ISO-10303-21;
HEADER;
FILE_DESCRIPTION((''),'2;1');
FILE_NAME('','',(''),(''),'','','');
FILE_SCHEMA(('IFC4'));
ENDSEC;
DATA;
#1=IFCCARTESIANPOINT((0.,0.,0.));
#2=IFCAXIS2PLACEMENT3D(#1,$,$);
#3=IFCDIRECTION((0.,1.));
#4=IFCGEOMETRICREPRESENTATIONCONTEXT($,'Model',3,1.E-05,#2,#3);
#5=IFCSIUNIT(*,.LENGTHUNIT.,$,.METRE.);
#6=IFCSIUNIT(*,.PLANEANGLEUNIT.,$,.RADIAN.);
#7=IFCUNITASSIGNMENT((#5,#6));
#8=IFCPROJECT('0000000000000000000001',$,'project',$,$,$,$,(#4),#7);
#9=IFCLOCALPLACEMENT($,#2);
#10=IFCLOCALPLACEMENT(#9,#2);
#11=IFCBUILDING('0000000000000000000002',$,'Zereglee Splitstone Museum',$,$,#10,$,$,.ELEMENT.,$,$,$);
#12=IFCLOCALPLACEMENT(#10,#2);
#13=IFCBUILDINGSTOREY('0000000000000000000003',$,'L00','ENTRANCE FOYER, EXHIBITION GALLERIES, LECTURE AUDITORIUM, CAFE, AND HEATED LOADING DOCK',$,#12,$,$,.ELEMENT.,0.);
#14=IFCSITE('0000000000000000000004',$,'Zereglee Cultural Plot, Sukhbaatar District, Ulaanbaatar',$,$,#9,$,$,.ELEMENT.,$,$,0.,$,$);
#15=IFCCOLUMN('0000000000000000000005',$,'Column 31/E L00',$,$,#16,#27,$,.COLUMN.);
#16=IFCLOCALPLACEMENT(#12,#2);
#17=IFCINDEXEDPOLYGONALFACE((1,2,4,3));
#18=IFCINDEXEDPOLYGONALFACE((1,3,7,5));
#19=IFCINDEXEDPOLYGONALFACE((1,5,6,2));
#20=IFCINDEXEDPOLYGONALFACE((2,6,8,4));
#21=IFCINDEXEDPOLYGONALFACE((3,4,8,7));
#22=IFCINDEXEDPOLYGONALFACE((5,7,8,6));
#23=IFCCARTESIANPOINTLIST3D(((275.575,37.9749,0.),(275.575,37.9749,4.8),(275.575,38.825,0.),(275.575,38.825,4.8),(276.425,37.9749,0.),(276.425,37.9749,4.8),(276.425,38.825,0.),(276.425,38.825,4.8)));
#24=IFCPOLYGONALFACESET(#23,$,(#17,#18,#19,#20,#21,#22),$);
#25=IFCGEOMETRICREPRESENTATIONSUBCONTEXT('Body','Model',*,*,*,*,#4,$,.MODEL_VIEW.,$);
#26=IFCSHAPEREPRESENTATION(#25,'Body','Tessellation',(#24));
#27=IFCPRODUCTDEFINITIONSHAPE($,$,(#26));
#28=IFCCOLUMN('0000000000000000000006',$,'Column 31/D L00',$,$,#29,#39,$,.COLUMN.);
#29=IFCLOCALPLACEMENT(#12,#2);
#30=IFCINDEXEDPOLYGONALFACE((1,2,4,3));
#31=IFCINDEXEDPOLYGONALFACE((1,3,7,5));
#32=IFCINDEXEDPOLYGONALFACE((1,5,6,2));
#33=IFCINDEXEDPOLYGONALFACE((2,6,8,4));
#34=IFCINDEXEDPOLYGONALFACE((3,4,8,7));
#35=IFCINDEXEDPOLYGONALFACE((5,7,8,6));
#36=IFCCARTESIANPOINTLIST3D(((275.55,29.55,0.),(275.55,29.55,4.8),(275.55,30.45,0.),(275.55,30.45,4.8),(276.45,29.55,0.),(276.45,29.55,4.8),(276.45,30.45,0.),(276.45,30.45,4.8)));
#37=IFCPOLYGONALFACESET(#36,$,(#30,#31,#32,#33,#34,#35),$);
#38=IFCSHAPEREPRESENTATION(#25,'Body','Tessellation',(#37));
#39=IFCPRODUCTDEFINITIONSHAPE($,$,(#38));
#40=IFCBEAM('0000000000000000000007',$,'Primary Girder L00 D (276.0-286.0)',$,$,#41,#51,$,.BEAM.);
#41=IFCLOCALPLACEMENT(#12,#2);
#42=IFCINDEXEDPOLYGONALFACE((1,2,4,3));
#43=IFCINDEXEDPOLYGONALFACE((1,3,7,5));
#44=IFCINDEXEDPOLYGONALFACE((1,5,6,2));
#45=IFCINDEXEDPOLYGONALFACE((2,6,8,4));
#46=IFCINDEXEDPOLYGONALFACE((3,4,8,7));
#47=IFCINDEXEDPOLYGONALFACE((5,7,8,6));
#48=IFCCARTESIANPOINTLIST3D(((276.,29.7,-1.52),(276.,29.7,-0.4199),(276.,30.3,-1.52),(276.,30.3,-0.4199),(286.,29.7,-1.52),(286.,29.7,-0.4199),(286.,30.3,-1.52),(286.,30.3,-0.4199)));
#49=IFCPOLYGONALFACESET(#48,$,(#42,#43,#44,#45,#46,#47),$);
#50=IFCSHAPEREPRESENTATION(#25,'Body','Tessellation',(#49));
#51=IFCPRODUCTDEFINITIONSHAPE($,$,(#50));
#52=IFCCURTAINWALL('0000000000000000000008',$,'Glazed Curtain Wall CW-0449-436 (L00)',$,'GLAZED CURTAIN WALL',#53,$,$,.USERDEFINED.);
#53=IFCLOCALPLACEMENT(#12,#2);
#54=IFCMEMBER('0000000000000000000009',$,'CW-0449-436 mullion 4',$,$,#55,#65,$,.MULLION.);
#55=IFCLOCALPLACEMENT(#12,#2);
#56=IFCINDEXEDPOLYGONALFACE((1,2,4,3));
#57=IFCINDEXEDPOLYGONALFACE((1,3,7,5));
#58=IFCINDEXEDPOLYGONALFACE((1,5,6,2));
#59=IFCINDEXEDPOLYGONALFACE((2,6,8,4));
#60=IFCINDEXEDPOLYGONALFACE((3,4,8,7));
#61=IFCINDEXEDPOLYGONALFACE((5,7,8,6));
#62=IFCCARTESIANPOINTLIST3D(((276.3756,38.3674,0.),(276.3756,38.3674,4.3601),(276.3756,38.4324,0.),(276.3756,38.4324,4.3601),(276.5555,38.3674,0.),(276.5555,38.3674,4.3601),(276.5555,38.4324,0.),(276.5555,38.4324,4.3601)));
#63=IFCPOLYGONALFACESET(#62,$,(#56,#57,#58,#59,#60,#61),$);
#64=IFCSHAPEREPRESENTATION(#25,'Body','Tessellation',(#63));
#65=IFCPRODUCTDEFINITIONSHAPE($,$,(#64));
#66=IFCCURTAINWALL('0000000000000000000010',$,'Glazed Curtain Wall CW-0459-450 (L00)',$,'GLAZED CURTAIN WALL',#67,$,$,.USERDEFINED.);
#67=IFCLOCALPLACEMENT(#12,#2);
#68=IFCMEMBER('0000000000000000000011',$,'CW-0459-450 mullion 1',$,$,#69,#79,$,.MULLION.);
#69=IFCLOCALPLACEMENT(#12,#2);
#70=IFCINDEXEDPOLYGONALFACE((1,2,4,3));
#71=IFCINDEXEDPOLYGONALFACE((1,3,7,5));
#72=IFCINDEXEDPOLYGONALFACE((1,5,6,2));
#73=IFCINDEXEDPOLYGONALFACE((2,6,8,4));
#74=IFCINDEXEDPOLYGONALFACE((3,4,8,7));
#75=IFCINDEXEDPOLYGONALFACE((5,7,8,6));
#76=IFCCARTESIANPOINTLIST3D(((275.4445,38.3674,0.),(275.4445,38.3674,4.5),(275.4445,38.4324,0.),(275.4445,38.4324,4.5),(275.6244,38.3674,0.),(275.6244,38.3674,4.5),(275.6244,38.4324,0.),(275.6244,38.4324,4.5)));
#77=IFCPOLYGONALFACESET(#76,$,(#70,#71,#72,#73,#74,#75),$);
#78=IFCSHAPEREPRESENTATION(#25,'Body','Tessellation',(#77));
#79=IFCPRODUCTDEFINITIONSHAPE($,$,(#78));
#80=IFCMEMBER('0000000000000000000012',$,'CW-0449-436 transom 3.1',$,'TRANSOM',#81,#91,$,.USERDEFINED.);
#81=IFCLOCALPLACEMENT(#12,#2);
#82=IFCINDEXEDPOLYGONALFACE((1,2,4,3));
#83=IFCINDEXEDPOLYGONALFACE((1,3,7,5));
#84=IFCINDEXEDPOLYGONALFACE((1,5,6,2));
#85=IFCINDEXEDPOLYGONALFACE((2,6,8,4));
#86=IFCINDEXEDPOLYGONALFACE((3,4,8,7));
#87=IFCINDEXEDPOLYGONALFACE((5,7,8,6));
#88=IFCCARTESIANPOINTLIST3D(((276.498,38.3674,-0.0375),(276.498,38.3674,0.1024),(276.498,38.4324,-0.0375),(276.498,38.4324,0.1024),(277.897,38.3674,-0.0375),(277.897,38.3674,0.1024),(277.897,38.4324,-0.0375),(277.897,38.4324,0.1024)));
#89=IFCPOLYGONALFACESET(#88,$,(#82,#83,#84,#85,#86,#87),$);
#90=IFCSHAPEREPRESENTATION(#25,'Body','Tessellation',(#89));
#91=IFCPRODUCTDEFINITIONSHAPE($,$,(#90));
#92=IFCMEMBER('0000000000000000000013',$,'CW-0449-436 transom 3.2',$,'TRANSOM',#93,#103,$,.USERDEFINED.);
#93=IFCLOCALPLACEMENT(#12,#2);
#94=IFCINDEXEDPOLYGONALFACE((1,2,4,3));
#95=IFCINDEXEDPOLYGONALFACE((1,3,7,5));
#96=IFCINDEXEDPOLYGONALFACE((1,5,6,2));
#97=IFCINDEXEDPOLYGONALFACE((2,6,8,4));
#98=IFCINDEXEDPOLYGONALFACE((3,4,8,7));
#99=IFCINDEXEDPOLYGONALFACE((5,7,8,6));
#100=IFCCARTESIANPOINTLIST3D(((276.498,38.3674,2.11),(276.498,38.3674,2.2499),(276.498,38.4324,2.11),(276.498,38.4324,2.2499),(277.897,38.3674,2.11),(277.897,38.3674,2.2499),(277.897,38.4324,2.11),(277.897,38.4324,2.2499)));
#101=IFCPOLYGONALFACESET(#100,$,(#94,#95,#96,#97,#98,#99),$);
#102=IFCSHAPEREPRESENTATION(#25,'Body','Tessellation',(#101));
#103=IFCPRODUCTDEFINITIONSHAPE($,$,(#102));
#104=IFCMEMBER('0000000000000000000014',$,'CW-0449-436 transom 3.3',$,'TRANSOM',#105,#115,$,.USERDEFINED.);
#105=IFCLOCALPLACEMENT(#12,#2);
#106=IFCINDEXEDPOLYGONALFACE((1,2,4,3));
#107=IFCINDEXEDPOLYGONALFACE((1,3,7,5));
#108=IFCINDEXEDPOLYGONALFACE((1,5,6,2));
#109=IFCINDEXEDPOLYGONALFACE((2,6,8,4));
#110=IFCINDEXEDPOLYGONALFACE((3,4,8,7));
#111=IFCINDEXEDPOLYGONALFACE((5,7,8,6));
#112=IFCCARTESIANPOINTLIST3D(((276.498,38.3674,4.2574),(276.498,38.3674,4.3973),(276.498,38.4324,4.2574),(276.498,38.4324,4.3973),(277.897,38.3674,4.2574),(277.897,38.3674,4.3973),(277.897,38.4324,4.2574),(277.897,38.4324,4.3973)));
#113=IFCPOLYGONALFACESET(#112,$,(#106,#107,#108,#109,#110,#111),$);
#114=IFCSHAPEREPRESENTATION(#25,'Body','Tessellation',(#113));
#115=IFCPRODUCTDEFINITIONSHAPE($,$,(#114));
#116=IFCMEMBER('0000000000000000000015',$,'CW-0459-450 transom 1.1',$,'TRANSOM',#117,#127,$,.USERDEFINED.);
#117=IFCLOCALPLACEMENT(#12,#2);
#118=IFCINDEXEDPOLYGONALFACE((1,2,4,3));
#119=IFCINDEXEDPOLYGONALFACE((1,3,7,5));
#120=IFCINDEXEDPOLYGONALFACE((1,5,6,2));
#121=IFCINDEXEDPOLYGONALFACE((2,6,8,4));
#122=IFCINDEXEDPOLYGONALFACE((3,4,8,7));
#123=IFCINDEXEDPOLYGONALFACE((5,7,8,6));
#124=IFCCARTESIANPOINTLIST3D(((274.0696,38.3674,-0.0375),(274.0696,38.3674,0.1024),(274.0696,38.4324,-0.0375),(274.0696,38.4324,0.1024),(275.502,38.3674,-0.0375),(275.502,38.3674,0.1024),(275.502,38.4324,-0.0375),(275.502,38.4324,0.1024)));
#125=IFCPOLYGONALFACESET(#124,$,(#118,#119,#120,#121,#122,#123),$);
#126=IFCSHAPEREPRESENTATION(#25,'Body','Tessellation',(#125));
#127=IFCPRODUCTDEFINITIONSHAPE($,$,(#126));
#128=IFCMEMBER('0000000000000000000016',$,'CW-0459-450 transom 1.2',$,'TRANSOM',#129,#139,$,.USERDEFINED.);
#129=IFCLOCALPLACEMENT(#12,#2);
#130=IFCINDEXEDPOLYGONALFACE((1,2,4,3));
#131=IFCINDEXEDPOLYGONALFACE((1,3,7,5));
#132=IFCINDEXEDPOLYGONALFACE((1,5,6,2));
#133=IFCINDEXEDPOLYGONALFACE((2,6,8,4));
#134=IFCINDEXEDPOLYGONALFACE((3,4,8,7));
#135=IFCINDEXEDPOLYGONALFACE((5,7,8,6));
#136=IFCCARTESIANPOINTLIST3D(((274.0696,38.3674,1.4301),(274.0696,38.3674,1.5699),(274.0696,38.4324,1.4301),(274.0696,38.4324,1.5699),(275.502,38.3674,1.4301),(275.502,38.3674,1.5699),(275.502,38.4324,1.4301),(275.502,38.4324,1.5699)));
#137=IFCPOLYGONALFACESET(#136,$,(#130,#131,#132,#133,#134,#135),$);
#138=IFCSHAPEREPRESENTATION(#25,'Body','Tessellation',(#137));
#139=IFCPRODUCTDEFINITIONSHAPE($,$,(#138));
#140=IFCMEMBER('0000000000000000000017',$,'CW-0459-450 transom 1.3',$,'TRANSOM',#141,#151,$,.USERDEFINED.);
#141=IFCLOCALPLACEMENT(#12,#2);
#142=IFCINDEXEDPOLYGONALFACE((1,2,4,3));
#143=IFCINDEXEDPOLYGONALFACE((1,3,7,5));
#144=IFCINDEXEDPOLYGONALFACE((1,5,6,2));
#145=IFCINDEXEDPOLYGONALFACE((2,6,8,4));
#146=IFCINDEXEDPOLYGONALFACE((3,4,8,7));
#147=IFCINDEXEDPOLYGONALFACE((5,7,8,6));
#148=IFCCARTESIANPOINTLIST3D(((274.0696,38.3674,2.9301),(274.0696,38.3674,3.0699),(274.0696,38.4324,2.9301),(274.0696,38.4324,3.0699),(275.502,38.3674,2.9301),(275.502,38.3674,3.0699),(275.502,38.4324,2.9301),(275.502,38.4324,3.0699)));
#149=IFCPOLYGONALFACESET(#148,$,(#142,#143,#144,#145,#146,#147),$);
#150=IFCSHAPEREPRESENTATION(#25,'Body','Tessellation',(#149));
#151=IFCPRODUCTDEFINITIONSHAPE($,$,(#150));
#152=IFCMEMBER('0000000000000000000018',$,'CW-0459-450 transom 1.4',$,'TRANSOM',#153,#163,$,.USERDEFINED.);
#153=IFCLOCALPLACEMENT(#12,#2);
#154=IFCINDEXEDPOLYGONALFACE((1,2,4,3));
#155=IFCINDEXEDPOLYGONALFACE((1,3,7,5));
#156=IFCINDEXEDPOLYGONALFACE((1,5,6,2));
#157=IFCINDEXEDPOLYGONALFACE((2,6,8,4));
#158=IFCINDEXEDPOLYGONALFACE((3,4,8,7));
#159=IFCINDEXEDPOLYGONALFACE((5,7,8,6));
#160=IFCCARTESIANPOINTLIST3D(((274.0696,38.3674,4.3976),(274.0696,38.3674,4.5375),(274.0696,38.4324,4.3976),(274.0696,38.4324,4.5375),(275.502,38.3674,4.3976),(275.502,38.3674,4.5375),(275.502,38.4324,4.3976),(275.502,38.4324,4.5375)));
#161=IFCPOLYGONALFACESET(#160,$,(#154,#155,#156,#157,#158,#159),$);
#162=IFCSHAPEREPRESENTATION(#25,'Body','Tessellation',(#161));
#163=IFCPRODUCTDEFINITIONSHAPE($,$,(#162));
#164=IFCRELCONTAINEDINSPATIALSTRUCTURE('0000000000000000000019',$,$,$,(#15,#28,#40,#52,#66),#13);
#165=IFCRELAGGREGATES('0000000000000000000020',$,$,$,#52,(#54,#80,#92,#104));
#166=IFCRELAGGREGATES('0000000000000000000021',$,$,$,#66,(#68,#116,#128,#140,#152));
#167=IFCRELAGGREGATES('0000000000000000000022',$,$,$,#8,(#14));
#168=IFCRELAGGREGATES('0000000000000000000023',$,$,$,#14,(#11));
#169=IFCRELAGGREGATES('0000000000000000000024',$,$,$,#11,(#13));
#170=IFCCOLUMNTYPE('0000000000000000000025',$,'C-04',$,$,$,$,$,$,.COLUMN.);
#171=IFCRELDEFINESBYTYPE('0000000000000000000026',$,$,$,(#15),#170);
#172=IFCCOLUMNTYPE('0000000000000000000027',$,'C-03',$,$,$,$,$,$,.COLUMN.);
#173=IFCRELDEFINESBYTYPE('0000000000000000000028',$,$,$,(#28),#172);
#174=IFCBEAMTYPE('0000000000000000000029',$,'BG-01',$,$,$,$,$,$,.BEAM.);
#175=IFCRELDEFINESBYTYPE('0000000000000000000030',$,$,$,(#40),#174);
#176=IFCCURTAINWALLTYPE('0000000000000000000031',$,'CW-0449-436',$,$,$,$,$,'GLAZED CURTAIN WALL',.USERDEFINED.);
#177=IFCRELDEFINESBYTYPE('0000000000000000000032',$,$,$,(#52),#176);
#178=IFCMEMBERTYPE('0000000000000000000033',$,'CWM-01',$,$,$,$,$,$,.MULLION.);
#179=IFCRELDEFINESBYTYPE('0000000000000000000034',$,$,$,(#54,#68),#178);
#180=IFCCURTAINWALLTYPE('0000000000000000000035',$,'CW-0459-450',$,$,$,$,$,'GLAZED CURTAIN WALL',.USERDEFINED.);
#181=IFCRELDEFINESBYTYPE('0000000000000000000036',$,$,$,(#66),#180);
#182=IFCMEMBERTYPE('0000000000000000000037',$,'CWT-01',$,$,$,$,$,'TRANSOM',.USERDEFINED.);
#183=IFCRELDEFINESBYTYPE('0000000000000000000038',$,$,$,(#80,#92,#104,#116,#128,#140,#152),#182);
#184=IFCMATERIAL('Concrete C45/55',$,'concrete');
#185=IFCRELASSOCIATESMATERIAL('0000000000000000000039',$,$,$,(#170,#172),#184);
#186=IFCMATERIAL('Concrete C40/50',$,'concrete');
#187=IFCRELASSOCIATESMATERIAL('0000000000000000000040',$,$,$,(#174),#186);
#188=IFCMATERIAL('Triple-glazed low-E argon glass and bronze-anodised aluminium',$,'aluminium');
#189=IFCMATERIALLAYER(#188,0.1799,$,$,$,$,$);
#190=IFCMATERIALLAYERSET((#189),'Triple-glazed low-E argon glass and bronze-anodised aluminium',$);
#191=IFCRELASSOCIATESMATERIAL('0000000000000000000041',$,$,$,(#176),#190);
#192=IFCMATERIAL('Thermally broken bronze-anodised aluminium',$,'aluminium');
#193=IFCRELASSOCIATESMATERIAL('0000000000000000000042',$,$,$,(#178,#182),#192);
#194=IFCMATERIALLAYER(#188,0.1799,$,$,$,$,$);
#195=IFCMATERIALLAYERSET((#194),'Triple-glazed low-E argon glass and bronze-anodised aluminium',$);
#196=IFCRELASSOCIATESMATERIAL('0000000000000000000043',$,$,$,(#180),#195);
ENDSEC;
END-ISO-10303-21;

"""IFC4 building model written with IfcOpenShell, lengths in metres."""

from ifc_helpers import new_model, si_unit, direction, frame, origin, origin_2d, place, context, subcontext, project, spatial, rectangle, extrude, material, layer, layer_set, material_profile, profile_set, type_object, element, aggregate, save


model = new_model("IFC4")

# Units and contexts
model_context = context("Model", 3, precision=1e-05, world=origin(), true_north=direction((0.0, 1.0)))
body_context = subcontext(model_context, "Body", "Model", "MODEL_VIEW")
ifc_project = project(units=[si_unit("LENGTHUNIT", "METRE"), si_unit("PLANEANGLEUNIT", "RADIAN")], contexts=[model_context])

# Site, building, storey
site_placement = place(None, origin())
site = spatial("IfcSite", under=ifc_project, at=site_placement, Name="Zereglee Cultural Plot, Sukhbaatar District, Ulaanbaatar", CompositionType="ELEMENT", RefElevation=0.0)
building_placement = place(site_placement, origin())
building = spatial("IfcBuilding", under=site, at=building_placement, Name="Zereglee Splitstone Museum", CompositionType="ELEMENT")
storey_placement = place(building_placement, origin())
storey = spatial("IfcBuildingStorey", under=building, at=storey_placement, Name="L00", Description="ENTRANCE FOYER, EXHIBITION GALLERIES, LECTURE AUDITORIUM, CAFE, AND HEATED LOADING DOCK", CompositionType="ELEMENT", Elevation=0.0)

# Columns
ifc_material_1 = material(Name="Concrete C45/55", Category="concrete")
ifc_material_profile_1 = material_profile(ifc_material_1, rectangle(XDim=0.8501, YDim=0.8501, at=origin_2d()), Name="RC 850x850")
ifc_profile_set_1 = profile_set([ifc_material_profile_1], Name="Concrete C45/55")
column_type_1 = type_object("IfcColumnType", Name="C-04", PredefinedType="COLUMN", material=ifc_profile_set_1)
column_1_placement = place(storey_placement, frame((276.0, 38.3999, 0.0), z_axis=(0.0, 0.0, 1.0), x_axis=(1.0, 0.0, 0.0)))
element("IfcColumn", 1, at=column_1_placement, inside=storey, type_object=column_type_1, Name="Column 31/E L00", PredefinedType="COLUMN", context=body_context, shape_type="SweptSolid", body=[
    extrude(rectangle(XDim=0.8501, YDim=0.8501, at=origin_2d()), origin(), (0.0, 0.0, 1.0), 4.8),
])
ifc_material_profile_2 = material_profile(ifc_material_1, rectangle(XDim=0.8999, YDim=0.8999, at=origin_2d()), Name="RC 900x900")
ifc_profile_set_2 = profile_set([ifc_material_profile_2], Name="Concrete C45/55")
column_type_2 = type_object("IfcColumnType", Name="C-03", PredefinedType="COLUMN", material=ifc_profile_set_2)
column_2_placement = place(storey_placement, frame((276.0, 30.0, 0.0), z_axis=(0.0, 0.0, 1.0), x_axis=(1.0, 0.0, 0.0)))
element("IfcColumn", 2, at=column_2_placement, inside=storey, type_object=column_type_2, Name="Column 31/D L00", PredefinedType="COLUMN", context=body_context, shape_type="SweptSolid", body=[
    extrude(rectangle(XDim=0.8999, YDim=0.8999, at=origin_2d()), origin(), (0.0, 0.0, 1.0), 4.8),
])

# Beam
ifc_material_2 = material(Name="Concrete C40/50", Category="concrete")
ifc_material_profile_3 = material_profile(ifc_material_2, rectangle(XDim=0.6001, YDim=1.1001, at=origin_2d()), Name="RC 600x1100")
ifc_profile_set_3 = profile_set([ifc_material_profile_3], Name="Concrete C40/50")
beam_type_1 = type_object("IfcBeamType", Name="BG-01", PredefinedType="BEAM", material=ifc_profile_set_3)
beam_1_placement = place(storey_placement, frame((276.0, 30.0, -0.97), z_axis=(1.0, 0.0, 0.0), x_axis=(0.0, 1.0, 0.0)))
element("IfcBeam", 3, at=beam_1_placement, inside=storey, type_object=beam_type_1, Name="Primary Girder L00 D (276.0-286.0)", PredefinedType="BEAM", context=body_context, shape_type="SweptSolid", body=[
    extrude(rectangle(XDim=0.6001, YDim=1.1001, at=origin_2d()), origin(), (0.0, 0.0, 1.0), 10.0),
])

# Curtain walls, members
ifc_material_3 = material(Name="Triple-glazed low-E argon glass and bronze-anodised aluminium", Category="aluminium")
ifc_layer_1 = layer(ifc_material_3, 0.1799)
ifc_layer_set_1 = layer_set([ifc_layer_1], Name="Triple-glazed low-E argon glass and bronze-anodised aluminium")
curtain_wall_type_1 = type_object("IfcCurtainWallType", Name="CW-0449-436", ElementType="GLAZED CURTAIN WALL", PredefinedType="USERDEFINED", material=ifc_layer_set_1)
curtain_wall_1_placement = place(storey_placement, origin())
curtain_wall_1 = element("IfcCurtainWall", 4, at=curtain_wall_1_placement, inside=storey, type_object=curtain_wall_type_1, Name="Glazed Curtain Wall CW-0449-436 (L00)", ObjectType="GLAZED CURTAIN WALL", PredefinedType="USERDEFINED")
ifc_material_4 = material(Name="Thermally broken bronze-anodised aluminium", Category="aluminium")
ifc_material_profile_4 = material_profile(ifc_material_4, rectangle(XDim=0.0649, YDim=0.1799, at=origin_2d()), Name="CW MULL 65x180")
ifc_profile_set_4 = profile_set([ifc_material_profile_4], Name="Thermally broken bronze-anodised aluminium")
member_type_1 = type_object("IfcMemberType", Name="CWM-01", PredefinedType="MULLION", material=ifc_profile_set_4)
member_1_placement = place(storey_placement, frame((276.4656, 38.3999, 0.0), z_axis=(0.0, 0.0, 1.0), x_axis=(0.0, -1.0, 0.0)))
member_1 = element("IfcMember", 5, at=member_1_placement, type_object=member_type_1, Name="CW-0449-436 mullion 4", PredefinedType="MULLION", context=body_context, shape_type="SweptSolid", body=[
    extrude(rectangle(XDim=0.0649, YDim=0.1799, at=origin_2d()), origin(), (0.0, 0.0, 1.0), 4.3601),
])
ifc_layer_2 = layer(ifc_material_3, 0.1799)
ifc_layer_set_2 = layer_set([ifc_layer_2], Name="Triple-glazed low-E argon glass and bronze-anodised aluminium")
curtain_wall_type_2 = type_object("IfcCurtainWallType", Name="CW-0459-450", ElementType="GLAZED CURTAIN WALL", PredefinedType="USERDEFINED", material=ifc_layer_set_2)
curtain_wall_2_placement = place(storey_placement, origin())
curtain_wall_2 = element("IfcCurtainWall", 6, at=curtain_wall_2_placement, inside=storey, type_object=curtain_wall_type_2, Name="Glazed Curtain Wall CW-0459-450 (L00)", ObjectType="GLAZED CURTAIN WALL", PredefinedType="USERDEFINED")
member_2_placement = place(storey_placement, frame((275.5344, 38.3999, 0.0), z_axis=(0.0, 0.0, 1.0), x_axis=(0.0, -1.0, 0.0)))
member_2 = element("IfcMember", 7, at=member_2_placement, type_object=member_type_1, Name="CW-0459-450 mullion 1", PredefinedType="MULLION", context=body_context, shape_type="SweptSolid", body=[
    extrude(rectangle(XDim=0.0649, YDim=0.1799, at=origin_2d()), origin(), (0.0, 0.0, 1.0), 4.5),
])

# Members
ifc_material_profile_5 = material_profile(ifc_material_4, rectangle(XDim=0.0649, YDim=0.1399, at=origin_2d()), Name="CW TRAN 65x140")
ifc_profile_set_5 = profile_set([ifc_material_profile_5], Name="Thermally broken bronze-anodised aluminium")
member_type_2 = type_object("IfcMemberType", Name="CWT-01", ElementType="TRANSOM", PredefinedType="USERDEFINED", material=ifc_profile_set_5)
member_3_placement = place(storey_placement, frame((277.897, 38.3999, 0.0325), z_axis=(-1.0, 0.0, 0.0), x_axis=(0.0, -1.0, 0.0)))
member_3 = element("IfcMember", 8, at=member_3_placement, type_object=member_type_2, Name="CW-0449-436 transom 3.1", ObjectType="TRANSOM", PredefinedType="USERDEFINED", context=body_context, shape_type="SweptSolid", body=[
    extrude(rectangle(XDim=0.0649, YDim=0.1399, at=origin_2d()), origin(), (0.0, 0.0, 1.0), 1.3989),
])
member_4_placement = place(storey_placement, frame((277.897, 38.3999, 2.1799), z_axis=(-1.0, 0.0, 0.0), x_axis=(0.0, -1.0, 0.0)))
member_4 = element("IfcMember", 9, at=member_4_placement, type_object=member_type_2, Name="CW-0449-436 transom 3.2", ObjectType="TRANSOM", PredefinedType="USERDEFINED", context=body_context, shape_type="SweptSolid", body=[
    extrude(rectangle(XDim=0.0649, YDim=0.1399, at=origin_2d()), origin(), (0.0, 0.0, 1.0), 1.3989),
])
member_5_placement = place(storey_placement, frame((277.897, 38.3999, 4.3274), z_axis=(-1.0, 0.0, 0.0), x_axis=(0.0, -1.0, 0.0)))
member_5 = element("IfcMember", 10, at=member_5_placement, type_object=member_type_2, Name="CW-0449-436 transom 3.3", ObjectType="TRANSOM", PredefinedType="USERDEFINED", context=body_context, shape_type="SweptSolid", body=[
    extrude(rectangle(XDim=0.0649, YDim=0.1399, at=origin_2d()), origin(), (0.0, 0.0, 1.0), 1.3989),
])
member_6_placement = place(storey_placement, frame((275.502, 38.3999, 0.0325), z_axis=(-1.0, 0.0, 0.0), x_axis=(0.0, -1.0, 0.0)))
member_6 = element("IfcMember", 11, at=member_6_placement, type_object=member_type_2, Name="CW-0459-450 transom 1.1", ObjectType="TRANSOM", PredefinedType="USERDEFINED", context=body_context, shape_type="SweptSolid", body=[
    extrude(rectangle(XDim=0.0649, YDim=0.1399, at=origin_2d()), origin(), (0.0, 0.0, 1.0), 1.4324),
])
member_7_placement = place(storey_placement, frame((275.502, 38.3999, 1.5), z_axis=(-1.0, 0.0, 0.0), x_axis=(0.0, -1.0, 0.0)))
member_7 = element("IfcMember", 12, at=member_7_placement, type_object=member_type_2, Name="CW-0459-450 transom 1.2", ObjectType="TRANSOM", PredefinedType="USERDEFINED", context=body_context, shape_type="SweptSolid", body=[
    extrude(rectangle(XDim=0.0649, YDim=0.1399, at=origin_2d()), origin(), (0.0, 0.0, 1.0), 1.4324),
])
member_8_placement = place(storey_placement, frame((275.502, 38.3999, 3.0), z_axis=(-1.0, 0.0, 0.0), x_axis=(0.0, -1.0, 0.0)))
member_8 = element("IfcMember", 13, at=member_8_placement, type_object=member_type_2, Name="CW-0459-450 transom 1.3", ObjectType="TRANSOM", PredefinedType="USERDEFINED", context=body_context, shape_type="SweptSolid", body=[
    extrude(rectangle(XDim=0.0649, YDim=0.1399, at=origin_2d()), origin(), (0.0, 0.0, 1.0), 1.4324),
])
member_9_placement = place(storey_placement, frame((275.502, 38.3999, 4.4675), z_axis=(-1.0, 0.0, 0.0), x_axis=(0.0, -1.0, 0.0)))
member_9 = element("IfcMember", 14, at=member_9_placement, type_object=member_type_2, Name="CW-0459-450 transom 1.4", ObjectType="TRANSOM", PredefinedType="USERDEFINED", context=body_context, shape_type="SweptSolid", body=[
    extrude(rectangle(XDim=0.0649, YDim=0.1399, at=origin_2d()), origin(), (0.0, 0.0, 1.0), 1.4324),
])

aggregate(curtain_wall_1, [member_1, member_3, member_4, member_5])
aggregate(curtain_wall_2, [member_2, member_6, member_7, member_8, member_9])

save(model, "model.ifc")
